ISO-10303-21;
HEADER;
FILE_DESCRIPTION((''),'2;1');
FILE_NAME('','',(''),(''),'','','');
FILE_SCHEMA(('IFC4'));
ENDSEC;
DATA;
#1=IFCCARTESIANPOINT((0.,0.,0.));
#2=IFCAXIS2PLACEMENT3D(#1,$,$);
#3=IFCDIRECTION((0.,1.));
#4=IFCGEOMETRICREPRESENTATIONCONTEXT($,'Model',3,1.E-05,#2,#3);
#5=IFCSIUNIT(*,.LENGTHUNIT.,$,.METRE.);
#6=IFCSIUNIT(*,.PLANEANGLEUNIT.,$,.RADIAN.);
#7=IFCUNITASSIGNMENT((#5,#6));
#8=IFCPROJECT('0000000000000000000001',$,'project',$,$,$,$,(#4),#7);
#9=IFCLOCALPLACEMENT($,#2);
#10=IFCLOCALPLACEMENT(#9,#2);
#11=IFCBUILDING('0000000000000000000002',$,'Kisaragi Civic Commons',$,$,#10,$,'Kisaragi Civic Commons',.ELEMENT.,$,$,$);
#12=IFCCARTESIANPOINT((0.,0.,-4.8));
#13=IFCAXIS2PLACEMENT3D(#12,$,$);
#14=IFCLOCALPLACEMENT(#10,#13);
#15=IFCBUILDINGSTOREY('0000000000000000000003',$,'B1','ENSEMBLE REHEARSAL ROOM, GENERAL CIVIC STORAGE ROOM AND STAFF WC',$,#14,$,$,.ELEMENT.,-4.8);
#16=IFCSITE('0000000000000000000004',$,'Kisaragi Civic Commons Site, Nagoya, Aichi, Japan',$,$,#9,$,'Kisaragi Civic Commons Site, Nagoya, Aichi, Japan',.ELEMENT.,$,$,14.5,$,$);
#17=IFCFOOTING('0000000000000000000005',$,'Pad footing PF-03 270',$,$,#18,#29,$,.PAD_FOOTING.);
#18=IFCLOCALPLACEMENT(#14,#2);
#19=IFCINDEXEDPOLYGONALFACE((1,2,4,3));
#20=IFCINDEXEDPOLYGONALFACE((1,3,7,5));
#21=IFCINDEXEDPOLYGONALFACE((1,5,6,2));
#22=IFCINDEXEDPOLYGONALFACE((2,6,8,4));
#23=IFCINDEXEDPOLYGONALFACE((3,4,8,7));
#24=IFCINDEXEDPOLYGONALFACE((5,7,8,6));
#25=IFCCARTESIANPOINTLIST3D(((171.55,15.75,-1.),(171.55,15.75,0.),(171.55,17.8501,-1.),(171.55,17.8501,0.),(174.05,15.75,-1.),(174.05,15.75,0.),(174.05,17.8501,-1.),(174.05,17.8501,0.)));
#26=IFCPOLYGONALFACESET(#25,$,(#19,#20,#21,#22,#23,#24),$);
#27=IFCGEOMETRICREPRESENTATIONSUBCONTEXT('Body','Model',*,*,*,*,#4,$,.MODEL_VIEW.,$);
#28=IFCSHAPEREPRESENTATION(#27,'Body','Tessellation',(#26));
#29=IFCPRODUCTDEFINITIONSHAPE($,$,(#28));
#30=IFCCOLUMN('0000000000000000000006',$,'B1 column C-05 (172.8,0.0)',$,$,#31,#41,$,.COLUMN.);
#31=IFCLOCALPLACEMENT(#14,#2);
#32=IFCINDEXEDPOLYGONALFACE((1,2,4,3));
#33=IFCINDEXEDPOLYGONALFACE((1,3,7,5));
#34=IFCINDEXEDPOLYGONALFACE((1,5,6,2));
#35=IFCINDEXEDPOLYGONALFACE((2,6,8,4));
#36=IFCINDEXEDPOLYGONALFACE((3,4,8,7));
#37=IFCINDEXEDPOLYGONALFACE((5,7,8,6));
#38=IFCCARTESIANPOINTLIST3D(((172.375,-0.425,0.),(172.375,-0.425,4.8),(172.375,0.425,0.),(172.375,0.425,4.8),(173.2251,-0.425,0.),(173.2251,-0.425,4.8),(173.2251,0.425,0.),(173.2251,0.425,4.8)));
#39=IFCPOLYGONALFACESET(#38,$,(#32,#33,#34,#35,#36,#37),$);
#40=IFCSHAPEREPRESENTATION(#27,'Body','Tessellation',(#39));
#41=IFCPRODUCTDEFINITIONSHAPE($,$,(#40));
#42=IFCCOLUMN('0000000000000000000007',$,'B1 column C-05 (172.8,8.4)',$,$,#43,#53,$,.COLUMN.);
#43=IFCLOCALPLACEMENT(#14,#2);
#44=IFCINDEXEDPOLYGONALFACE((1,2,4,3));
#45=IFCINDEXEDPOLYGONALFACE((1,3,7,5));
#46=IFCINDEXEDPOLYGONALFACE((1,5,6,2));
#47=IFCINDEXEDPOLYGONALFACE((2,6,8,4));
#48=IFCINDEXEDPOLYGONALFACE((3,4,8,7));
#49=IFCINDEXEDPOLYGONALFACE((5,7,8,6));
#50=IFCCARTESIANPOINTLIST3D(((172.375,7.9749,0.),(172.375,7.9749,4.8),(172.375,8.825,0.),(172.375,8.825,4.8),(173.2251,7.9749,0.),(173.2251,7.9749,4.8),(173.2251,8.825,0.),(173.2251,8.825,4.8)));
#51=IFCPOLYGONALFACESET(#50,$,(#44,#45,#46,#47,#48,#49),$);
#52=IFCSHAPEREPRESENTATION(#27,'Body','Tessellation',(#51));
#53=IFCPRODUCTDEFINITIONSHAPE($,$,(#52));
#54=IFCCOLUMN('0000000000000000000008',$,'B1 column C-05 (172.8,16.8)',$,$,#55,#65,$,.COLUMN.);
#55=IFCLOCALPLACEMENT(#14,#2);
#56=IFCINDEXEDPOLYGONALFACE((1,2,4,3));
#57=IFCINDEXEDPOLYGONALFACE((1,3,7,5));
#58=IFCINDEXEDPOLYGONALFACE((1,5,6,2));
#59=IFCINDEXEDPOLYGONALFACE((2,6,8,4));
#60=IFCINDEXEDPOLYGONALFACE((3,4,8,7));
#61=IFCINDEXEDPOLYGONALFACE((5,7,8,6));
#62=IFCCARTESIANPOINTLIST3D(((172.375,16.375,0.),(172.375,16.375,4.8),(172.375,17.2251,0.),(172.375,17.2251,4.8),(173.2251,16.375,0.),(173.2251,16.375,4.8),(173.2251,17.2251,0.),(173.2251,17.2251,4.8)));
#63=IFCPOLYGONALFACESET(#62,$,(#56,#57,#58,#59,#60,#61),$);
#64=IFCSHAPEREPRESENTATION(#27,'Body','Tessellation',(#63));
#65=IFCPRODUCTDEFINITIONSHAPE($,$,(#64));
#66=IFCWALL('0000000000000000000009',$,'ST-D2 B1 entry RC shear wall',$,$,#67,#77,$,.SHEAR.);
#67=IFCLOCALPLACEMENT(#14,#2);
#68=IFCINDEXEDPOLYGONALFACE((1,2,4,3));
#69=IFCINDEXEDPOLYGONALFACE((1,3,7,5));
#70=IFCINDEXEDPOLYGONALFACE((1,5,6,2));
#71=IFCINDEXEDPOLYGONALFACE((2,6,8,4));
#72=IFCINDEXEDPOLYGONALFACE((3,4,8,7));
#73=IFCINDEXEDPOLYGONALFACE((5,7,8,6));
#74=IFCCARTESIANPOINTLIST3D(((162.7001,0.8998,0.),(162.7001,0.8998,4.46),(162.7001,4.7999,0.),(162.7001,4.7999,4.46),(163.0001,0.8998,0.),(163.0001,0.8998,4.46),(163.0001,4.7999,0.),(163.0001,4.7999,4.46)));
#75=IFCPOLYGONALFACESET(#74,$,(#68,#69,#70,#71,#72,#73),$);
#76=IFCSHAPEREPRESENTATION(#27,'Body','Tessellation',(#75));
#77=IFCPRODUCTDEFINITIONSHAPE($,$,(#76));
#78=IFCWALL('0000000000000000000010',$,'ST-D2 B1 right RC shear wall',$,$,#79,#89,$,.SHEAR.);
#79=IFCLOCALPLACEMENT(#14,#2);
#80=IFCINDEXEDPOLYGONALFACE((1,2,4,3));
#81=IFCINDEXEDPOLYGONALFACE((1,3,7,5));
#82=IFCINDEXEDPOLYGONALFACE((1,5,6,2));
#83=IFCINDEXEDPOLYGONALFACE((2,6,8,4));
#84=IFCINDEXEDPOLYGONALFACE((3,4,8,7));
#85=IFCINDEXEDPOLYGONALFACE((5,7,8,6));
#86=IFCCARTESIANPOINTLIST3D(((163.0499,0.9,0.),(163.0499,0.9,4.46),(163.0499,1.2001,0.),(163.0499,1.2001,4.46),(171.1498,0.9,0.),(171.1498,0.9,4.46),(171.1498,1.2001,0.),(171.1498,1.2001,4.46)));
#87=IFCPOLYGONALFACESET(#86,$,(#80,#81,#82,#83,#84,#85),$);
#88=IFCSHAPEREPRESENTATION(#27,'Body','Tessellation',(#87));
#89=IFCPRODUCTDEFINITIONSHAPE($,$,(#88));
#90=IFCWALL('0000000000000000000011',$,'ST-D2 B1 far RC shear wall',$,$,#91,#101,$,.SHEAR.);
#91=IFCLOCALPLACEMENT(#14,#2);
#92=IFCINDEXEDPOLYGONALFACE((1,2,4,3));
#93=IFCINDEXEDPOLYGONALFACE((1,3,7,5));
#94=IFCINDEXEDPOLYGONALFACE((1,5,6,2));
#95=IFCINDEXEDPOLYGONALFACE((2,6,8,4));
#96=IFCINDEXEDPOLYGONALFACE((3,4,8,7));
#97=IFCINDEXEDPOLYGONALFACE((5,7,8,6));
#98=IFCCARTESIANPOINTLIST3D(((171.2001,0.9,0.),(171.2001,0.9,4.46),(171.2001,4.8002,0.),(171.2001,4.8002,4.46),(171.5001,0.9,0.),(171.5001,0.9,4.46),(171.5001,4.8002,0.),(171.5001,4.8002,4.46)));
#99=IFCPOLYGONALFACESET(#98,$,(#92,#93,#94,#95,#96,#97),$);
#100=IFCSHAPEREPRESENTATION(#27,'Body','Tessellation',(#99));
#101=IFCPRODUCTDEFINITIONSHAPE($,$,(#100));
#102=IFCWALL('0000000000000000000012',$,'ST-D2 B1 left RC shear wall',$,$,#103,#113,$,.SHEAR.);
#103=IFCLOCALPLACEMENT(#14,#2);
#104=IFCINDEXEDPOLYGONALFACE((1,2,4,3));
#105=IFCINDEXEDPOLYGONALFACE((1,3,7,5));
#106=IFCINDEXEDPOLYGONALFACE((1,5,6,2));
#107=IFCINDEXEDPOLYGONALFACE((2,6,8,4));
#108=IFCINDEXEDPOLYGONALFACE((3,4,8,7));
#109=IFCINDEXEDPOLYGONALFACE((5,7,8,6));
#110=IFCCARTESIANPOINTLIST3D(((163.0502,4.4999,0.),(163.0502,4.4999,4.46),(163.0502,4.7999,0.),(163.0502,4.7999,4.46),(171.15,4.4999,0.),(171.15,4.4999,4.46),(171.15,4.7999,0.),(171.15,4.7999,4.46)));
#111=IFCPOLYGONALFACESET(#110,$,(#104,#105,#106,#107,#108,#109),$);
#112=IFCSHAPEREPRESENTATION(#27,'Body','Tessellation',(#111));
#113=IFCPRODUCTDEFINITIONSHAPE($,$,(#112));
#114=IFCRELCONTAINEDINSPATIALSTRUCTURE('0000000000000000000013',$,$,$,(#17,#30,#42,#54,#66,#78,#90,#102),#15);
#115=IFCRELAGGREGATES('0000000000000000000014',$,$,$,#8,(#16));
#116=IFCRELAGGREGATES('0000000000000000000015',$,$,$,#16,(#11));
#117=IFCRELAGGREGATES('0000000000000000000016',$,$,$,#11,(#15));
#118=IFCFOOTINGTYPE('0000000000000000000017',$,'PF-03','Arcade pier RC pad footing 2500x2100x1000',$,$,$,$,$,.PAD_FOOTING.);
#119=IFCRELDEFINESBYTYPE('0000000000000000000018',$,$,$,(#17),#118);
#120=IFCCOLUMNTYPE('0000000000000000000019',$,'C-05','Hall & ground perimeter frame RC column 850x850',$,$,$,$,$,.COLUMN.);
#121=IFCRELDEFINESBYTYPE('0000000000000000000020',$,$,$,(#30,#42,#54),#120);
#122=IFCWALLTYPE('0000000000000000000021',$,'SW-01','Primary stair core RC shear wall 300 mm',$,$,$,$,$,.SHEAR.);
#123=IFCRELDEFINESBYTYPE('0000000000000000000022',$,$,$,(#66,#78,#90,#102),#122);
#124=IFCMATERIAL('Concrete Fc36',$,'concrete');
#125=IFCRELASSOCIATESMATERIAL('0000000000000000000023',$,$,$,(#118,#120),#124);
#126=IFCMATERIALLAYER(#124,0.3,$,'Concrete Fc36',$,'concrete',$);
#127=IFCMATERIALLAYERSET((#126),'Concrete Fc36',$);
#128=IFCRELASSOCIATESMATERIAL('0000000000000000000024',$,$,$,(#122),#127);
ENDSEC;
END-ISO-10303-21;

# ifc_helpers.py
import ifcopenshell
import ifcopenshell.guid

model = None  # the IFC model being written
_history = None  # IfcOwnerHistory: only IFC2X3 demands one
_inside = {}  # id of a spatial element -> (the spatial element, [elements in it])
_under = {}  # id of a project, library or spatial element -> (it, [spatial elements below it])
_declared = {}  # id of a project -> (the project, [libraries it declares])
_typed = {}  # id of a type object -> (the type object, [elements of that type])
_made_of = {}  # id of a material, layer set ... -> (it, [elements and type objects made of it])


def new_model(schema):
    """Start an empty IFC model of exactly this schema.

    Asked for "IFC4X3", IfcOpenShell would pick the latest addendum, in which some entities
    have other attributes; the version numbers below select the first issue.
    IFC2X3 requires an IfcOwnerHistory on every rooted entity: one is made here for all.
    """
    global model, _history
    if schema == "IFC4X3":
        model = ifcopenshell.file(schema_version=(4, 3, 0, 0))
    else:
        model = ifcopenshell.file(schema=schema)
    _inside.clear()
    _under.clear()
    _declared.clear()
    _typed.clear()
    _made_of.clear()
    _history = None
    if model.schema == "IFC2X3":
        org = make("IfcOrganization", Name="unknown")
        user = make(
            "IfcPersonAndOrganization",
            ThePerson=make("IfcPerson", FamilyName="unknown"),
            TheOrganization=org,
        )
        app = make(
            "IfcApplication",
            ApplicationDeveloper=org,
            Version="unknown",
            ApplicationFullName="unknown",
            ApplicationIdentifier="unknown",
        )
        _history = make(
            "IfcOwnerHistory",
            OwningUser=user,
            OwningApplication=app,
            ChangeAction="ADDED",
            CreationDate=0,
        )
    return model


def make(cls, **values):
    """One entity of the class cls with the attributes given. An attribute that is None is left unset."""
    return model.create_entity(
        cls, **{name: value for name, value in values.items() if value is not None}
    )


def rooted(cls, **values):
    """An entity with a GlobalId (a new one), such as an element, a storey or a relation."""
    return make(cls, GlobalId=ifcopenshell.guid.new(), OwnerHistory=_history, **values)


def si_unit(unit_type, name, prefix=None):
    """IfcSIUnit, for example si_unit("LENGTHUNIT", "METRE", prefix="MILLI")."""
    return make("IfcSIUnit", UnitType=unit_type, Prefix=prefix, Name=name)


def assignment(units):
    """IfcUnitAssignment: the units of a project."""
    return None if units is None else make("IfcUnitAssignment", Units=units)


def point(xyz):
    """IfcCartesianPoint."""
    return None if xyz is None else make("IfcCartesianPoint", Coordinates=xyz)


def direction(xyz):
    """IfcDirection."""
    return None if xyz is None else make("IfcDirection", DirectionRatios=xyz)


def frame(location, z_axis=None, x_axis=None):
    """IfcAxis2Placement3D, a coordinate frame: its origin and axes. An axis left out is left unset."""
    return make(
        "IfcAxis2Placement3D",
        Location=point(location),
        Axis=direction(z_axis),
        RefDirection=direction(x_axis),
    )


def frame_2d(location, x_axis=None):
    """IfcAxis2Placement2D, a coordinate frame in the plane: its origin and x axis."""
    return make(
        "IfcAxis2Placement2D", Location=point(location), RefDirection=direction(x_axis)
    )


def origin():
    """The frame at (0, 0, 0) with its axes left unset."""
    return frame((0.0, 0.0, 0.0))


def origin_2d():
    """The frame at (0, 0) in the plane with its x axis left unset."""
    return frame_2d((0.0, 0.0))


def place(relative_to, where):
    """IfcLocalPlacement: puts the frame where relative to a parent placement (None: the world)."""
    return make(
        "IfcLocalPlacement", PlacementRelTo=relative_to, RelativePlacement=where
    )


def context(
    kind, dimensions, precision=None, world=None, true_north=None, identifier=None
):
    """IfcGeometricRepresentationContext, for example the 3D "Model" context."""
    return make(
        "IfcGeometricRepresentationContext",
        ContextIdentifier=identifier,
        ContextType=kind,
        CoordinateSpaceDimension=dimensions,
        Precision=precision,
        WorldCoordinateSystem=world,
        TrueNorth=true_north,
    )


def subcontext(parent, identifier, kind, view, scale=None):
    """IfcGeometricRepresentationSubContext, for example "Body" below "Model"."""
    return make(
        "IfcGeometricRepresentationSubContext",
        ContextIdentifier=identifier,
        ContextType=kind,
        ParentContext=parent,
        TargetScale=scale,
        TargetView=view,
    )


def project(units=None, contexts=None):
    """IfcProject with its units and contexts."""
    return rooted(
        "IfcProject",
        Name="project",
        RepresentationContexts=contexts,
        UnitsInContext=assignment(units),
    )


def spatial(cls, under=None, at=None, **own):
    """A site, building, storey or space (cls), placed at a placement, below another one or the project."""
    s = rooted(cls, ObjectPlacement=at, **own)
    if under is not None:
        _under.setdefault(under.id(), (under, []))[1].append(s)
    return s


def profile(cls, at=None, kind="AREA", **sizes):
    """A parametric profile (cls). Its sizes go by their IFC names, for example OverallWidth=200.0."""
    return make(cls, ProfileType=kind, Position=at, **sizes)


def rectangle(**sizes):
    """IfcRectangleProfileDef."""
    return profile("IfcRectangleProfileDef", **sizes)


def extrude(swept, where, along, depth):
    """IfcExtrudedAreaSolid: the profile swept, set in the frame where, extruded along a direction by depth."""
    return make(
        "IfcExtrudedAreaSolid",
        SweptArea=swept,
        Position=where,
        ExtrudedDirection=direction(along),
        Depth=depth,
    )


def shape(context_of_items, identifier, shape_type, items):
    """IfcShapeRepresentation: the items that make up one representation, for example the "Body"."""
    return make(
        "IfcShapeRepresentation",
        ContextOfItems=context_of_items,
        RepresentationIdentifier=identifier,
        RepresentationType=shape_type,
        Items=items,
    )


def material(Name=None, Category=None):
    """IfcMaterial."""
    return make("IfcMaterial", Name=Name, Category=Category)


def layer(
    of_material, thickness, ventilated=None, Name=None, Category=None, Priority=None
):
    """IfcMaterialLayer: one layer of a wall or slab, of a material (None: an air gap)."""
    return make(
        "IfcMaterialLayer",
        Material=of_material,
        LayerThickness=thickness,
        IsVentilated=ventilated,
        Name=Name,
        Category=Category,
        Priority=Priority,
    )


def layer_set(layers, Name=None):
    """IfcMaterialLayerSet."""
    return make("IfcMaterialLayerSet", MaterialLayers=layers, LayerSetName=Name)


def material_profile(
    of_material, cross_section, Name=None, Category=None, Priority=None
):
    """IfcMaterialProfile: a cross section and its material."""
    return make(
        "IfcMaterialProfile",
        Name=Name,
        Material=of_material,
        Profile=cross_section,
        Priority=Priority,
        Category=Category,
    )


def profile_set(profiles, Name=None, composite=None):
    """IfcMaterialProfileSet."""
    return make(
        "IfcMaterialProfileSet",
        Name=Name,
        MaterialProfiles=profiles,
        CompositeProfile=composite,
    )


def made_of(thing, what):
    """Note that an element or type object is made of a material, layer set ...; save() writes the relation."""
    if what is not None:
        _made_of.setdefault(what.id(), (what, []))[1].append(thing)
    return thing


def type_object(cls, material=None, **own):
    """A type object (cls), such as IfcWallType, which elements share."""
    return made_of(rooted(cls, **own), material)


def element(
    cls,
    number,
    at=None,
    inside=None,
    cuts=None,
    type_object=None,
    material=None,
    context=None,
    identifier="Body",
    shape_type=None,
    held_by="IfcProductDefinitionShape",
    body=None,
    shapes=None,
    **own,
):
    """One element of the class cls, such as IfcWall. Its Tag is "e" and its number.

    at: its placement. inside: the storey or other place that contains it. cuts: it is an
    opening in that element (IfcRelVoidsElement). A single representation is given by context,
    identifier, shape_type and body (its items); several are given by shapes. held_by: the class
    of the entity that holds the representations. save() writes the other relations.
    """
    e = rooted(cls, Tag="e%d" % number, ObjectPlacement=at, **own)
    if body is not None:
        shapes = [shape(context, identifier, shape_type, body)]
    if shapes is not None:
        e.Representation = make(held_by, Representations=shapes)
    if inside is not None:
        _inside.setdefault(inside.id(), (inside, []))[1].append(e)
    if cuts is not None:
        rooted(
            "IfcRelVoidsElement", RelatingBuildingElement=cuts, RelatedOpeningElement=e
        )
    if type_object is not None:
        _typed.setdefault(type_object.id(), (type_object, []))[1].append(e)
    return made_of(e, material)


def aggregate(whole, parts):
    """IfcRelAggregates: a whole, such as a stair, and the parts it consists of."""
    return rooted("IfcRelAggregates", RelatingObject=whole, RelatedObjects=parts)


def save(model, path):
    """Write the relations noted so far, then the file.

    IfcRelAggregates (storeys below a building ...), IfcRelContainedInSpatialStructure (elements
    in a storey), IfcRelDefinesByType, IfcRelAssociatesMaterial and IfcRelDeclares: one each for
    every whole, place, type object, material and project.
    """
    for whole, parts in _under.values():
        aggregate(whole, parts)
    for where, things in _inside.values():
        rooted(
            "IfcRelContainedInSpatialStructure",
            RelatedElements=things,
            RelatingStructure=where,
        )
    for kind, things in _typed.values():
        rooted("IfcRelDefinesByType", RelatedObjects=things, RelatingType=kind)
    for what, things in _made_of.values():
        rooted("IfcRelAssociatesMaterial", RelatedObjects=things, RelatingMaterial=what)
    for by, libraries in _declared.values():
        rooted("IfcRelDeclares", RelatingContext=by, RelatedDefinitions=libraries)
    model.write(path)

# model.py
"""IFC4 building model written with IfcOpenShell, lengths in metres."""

from ifc_helpers import new_model, si_unit, direction, frame, frame_2d, origin, origin_2d, place, context, subcontext, project, spatial, rectangle, extrude, material, layer, layer_set, material_profile, profile_set, type_object, element, save


model = new_model("IFC4")

# Units and contexts
model_context = context("Model", 3, precision=1e-05, world=origin(), true_north=direction((0.0, 1.0)))
body_context = subcontext(model_context, "Body", "Model", "MODEL_VIEW")
ifc_project = project(units=[si_unit("LENGTHUNIT", "METRE"), si_unit("PLANEANGLEUNIT", "RADIAN")], contexts=[model_context])

# Site, building, storey
site_placement = place(None, origin())
site = spatial("IfcSite", under=ifc_project, at=site_placement, Name="Kisaragi Civic Commons Site, Nagoya, Aichi, Japan", LongName="Kisaragi Civic Commons Site, Nagoya, Aichi, Japan", CompositionType="ELEMENT", RefElevation=14.5)
building_placement = place(site_placement, origin())
building = spatial("IfcBuilding", under=site, at=building_placement, Name="Kisaragi Civic Commons", LongName="Kisaragi Civic Commons", CompositionType="ELEMENT")
storey_placement = place(building_placement, frame((0.0, 0.0, -4.8)))
storey = spatial("IfcBuildingStorey", under=building, at=storey_placement, Name="B1", Description="ENSEMBLE REHEARSAL ROOM, GENERAL CIVIC STORAGE ROOM AND STAFF WC", CompositionType="ELEMENT", Elevation=-4.8)

# Footing
ifc_material_1 = material(Name="Concrete Fc36", Category="concrete")
footing_type_1 = type_object("IfcFootingType", Name="PF-03", Description="Arcade pier RC pad footing 2500x2100x1000", PredefinedType="PAD_FOOTING", material=ifc_material_1)
footing_1_placement = place(storey_placement, frame((172.8, 16.8, -1.0), z_axis=(0.0, 0.0, 1.0), x_axis=(1.0, 0.0, 0.0)))
element("IfcFooting", 1, at=footing_1_placement, inside=storey, type_object=footing_type_1, Name="Pad footing PF-03 270", PredefinedType="PAD_FOOTING", context=body_context, shape_type="SweptSolid", body=[
    extrude(rectangle(XDim=2.5, YDim=2.1001, at=origin_2d()), origin(), (0.0, 0.0, 1.0), 1.0),
])

# Columns
ifc_material_profile_1 = material_profile(ifc_material_1, rectangle(XDim=0.8501, YDim=0.8501, at=origin_2d()), Name="RC-850x850", Category="concrete")
ifc_profile_set_1 = profile_set([ifc_material_profile_1], Name="Concrete Fc36")
column_type = type_object("IfcColumnType", Name="C-05", Description="Hall & ground perimeter frame RC column 850x850", PredefinedType="COLUMN", material=ifc_profile_set_1)
for number, where, z_axis, x_axis, name in (
    (2, (172.8, 0.0, 0.0), (0.0, 0.0, 1.0), (1.0, 0.0, 0.0), "B1 column C-05 (172.8,0.0)"),
    (3, (172.8, 8.3999, 0.0), (0.0, 0.0, 1.0), (1.0, 0.0, 0.0), "B1 column C-05 (172.8,8.4)"),
    (4, (172.8, 16.8, 0.0), (0.0, 0.0, 1.0), (1.0, 0.0, 0.0), "B1 column C-05 (172.8,16.8)"),
):
    element("IfcColumn", number, at=place(storey_placement, frame(where, z_axis=z_axis, x_axis=x_axis)), inside=storey, type_object=column_type, Name=name, PredefinedType="COLUMN", context=body_context, shape_type="SweptSolid", body=[
        extrude(rectangle(XDim=0.8501, YDim=0.8501, at=origin_2d()), origin(), (0.0, 0.0, 1.0), 4.8),
    ])

# Walls
ifc_layer = layer(ifc_material_1, 0.3, Name="Concrete Fc36", Category="concrete")
ifc_layer_set = layer_set([ifc_layer], Name="Concrete Fc36")
wall_type = type_object("IfcWallType", Name="SW-01", Description="Primary stair core RC shear wall 300 mm", PredefinedType="SHEAR", material=ifc_layer_set)
wall_1_placement = place(storey_placement, frame((162.8501, 4.8, 0.0), z_axis=(0.0, 0.0, 1.0), x_axis=(0.0, -1.0, 0.0)))
element("IfcWall", 5, at=wall_1_placement, inside=storey, type_object=wall_type, Name="ST-D2 B1 entry RC shear wall", PredefinedType="SHEAR", context=body_context, shape_type="SweptSolid", body=[
    extrude(rectangle(XDim=3.9001, YDim=0.3, at=frame_2d((1.9502, 0.0))), origin(), (0.0, 0.0, 1.0), 4.46),
])
wall_2_placement = place(storey_placement, frame((163.05, 1.05, 0.0), z_axis=(0.0, 0.0, 1.0), x_axis=(1.0, 0.0, 0.0)))
element("IfcWall", 6, at=wall_2_placement, inside=storey, type_object=wall_type, Name="ST-D2 B1 right RC shear wall", PredefinedType="SHEAR", context=body_context, shape_type="SweptSolid", body=[
    extrude(rectangle(XDim=8.0999, YDim=0.3, at=frame_2d((4.0498, 0.0))), origin(), (0.0, 0.0, 1.0), 4.46),
])
wall_3_placement = place(storey_placement, frame((171.3501, 0.8999, 0.0), z_axis=(0.0, 0.0, 1.0), x_axis=(0.0, 1.0, 0.0)))
element("IfcWall", 7, at=wall_3_placement, inside=storey, type_object=wall_type, Name="ST-D2 B1 far RC shear wall", PredefinedType="SHEAR", context=body_context, shape_type="SweptSolid", body=[
    extrude(rectangle(XDim=3.9001, YDim=0.3, at=frame_2d((1.9502, 0.0))), origin(), (0.0, 0.0, 1.0), 4.46),
])
wall_4_placement = place(storey_placement, frame((171.1499, 4.6499, 0.0), z_axis=(0.0, 0.0, 1.0), x_axis=(-1.0, 0.0, 0.0)))
element("IfcWall", 8, at=wall_4_placement, inside=storey, type_object=wall_type, Name="ST-D2 B1 left RC shear wall", PredefinedType="SHEAR", context=body_context, shape_type="SweptSolid", body=[
    extrude(rectangle(XDim=8.0999, YDim=0.3, at=frame_2d((4.0498, 0.0))), origin(), (0.0, 0.0, 1.0), 4.46),
])

save(model, "model.ifc")
